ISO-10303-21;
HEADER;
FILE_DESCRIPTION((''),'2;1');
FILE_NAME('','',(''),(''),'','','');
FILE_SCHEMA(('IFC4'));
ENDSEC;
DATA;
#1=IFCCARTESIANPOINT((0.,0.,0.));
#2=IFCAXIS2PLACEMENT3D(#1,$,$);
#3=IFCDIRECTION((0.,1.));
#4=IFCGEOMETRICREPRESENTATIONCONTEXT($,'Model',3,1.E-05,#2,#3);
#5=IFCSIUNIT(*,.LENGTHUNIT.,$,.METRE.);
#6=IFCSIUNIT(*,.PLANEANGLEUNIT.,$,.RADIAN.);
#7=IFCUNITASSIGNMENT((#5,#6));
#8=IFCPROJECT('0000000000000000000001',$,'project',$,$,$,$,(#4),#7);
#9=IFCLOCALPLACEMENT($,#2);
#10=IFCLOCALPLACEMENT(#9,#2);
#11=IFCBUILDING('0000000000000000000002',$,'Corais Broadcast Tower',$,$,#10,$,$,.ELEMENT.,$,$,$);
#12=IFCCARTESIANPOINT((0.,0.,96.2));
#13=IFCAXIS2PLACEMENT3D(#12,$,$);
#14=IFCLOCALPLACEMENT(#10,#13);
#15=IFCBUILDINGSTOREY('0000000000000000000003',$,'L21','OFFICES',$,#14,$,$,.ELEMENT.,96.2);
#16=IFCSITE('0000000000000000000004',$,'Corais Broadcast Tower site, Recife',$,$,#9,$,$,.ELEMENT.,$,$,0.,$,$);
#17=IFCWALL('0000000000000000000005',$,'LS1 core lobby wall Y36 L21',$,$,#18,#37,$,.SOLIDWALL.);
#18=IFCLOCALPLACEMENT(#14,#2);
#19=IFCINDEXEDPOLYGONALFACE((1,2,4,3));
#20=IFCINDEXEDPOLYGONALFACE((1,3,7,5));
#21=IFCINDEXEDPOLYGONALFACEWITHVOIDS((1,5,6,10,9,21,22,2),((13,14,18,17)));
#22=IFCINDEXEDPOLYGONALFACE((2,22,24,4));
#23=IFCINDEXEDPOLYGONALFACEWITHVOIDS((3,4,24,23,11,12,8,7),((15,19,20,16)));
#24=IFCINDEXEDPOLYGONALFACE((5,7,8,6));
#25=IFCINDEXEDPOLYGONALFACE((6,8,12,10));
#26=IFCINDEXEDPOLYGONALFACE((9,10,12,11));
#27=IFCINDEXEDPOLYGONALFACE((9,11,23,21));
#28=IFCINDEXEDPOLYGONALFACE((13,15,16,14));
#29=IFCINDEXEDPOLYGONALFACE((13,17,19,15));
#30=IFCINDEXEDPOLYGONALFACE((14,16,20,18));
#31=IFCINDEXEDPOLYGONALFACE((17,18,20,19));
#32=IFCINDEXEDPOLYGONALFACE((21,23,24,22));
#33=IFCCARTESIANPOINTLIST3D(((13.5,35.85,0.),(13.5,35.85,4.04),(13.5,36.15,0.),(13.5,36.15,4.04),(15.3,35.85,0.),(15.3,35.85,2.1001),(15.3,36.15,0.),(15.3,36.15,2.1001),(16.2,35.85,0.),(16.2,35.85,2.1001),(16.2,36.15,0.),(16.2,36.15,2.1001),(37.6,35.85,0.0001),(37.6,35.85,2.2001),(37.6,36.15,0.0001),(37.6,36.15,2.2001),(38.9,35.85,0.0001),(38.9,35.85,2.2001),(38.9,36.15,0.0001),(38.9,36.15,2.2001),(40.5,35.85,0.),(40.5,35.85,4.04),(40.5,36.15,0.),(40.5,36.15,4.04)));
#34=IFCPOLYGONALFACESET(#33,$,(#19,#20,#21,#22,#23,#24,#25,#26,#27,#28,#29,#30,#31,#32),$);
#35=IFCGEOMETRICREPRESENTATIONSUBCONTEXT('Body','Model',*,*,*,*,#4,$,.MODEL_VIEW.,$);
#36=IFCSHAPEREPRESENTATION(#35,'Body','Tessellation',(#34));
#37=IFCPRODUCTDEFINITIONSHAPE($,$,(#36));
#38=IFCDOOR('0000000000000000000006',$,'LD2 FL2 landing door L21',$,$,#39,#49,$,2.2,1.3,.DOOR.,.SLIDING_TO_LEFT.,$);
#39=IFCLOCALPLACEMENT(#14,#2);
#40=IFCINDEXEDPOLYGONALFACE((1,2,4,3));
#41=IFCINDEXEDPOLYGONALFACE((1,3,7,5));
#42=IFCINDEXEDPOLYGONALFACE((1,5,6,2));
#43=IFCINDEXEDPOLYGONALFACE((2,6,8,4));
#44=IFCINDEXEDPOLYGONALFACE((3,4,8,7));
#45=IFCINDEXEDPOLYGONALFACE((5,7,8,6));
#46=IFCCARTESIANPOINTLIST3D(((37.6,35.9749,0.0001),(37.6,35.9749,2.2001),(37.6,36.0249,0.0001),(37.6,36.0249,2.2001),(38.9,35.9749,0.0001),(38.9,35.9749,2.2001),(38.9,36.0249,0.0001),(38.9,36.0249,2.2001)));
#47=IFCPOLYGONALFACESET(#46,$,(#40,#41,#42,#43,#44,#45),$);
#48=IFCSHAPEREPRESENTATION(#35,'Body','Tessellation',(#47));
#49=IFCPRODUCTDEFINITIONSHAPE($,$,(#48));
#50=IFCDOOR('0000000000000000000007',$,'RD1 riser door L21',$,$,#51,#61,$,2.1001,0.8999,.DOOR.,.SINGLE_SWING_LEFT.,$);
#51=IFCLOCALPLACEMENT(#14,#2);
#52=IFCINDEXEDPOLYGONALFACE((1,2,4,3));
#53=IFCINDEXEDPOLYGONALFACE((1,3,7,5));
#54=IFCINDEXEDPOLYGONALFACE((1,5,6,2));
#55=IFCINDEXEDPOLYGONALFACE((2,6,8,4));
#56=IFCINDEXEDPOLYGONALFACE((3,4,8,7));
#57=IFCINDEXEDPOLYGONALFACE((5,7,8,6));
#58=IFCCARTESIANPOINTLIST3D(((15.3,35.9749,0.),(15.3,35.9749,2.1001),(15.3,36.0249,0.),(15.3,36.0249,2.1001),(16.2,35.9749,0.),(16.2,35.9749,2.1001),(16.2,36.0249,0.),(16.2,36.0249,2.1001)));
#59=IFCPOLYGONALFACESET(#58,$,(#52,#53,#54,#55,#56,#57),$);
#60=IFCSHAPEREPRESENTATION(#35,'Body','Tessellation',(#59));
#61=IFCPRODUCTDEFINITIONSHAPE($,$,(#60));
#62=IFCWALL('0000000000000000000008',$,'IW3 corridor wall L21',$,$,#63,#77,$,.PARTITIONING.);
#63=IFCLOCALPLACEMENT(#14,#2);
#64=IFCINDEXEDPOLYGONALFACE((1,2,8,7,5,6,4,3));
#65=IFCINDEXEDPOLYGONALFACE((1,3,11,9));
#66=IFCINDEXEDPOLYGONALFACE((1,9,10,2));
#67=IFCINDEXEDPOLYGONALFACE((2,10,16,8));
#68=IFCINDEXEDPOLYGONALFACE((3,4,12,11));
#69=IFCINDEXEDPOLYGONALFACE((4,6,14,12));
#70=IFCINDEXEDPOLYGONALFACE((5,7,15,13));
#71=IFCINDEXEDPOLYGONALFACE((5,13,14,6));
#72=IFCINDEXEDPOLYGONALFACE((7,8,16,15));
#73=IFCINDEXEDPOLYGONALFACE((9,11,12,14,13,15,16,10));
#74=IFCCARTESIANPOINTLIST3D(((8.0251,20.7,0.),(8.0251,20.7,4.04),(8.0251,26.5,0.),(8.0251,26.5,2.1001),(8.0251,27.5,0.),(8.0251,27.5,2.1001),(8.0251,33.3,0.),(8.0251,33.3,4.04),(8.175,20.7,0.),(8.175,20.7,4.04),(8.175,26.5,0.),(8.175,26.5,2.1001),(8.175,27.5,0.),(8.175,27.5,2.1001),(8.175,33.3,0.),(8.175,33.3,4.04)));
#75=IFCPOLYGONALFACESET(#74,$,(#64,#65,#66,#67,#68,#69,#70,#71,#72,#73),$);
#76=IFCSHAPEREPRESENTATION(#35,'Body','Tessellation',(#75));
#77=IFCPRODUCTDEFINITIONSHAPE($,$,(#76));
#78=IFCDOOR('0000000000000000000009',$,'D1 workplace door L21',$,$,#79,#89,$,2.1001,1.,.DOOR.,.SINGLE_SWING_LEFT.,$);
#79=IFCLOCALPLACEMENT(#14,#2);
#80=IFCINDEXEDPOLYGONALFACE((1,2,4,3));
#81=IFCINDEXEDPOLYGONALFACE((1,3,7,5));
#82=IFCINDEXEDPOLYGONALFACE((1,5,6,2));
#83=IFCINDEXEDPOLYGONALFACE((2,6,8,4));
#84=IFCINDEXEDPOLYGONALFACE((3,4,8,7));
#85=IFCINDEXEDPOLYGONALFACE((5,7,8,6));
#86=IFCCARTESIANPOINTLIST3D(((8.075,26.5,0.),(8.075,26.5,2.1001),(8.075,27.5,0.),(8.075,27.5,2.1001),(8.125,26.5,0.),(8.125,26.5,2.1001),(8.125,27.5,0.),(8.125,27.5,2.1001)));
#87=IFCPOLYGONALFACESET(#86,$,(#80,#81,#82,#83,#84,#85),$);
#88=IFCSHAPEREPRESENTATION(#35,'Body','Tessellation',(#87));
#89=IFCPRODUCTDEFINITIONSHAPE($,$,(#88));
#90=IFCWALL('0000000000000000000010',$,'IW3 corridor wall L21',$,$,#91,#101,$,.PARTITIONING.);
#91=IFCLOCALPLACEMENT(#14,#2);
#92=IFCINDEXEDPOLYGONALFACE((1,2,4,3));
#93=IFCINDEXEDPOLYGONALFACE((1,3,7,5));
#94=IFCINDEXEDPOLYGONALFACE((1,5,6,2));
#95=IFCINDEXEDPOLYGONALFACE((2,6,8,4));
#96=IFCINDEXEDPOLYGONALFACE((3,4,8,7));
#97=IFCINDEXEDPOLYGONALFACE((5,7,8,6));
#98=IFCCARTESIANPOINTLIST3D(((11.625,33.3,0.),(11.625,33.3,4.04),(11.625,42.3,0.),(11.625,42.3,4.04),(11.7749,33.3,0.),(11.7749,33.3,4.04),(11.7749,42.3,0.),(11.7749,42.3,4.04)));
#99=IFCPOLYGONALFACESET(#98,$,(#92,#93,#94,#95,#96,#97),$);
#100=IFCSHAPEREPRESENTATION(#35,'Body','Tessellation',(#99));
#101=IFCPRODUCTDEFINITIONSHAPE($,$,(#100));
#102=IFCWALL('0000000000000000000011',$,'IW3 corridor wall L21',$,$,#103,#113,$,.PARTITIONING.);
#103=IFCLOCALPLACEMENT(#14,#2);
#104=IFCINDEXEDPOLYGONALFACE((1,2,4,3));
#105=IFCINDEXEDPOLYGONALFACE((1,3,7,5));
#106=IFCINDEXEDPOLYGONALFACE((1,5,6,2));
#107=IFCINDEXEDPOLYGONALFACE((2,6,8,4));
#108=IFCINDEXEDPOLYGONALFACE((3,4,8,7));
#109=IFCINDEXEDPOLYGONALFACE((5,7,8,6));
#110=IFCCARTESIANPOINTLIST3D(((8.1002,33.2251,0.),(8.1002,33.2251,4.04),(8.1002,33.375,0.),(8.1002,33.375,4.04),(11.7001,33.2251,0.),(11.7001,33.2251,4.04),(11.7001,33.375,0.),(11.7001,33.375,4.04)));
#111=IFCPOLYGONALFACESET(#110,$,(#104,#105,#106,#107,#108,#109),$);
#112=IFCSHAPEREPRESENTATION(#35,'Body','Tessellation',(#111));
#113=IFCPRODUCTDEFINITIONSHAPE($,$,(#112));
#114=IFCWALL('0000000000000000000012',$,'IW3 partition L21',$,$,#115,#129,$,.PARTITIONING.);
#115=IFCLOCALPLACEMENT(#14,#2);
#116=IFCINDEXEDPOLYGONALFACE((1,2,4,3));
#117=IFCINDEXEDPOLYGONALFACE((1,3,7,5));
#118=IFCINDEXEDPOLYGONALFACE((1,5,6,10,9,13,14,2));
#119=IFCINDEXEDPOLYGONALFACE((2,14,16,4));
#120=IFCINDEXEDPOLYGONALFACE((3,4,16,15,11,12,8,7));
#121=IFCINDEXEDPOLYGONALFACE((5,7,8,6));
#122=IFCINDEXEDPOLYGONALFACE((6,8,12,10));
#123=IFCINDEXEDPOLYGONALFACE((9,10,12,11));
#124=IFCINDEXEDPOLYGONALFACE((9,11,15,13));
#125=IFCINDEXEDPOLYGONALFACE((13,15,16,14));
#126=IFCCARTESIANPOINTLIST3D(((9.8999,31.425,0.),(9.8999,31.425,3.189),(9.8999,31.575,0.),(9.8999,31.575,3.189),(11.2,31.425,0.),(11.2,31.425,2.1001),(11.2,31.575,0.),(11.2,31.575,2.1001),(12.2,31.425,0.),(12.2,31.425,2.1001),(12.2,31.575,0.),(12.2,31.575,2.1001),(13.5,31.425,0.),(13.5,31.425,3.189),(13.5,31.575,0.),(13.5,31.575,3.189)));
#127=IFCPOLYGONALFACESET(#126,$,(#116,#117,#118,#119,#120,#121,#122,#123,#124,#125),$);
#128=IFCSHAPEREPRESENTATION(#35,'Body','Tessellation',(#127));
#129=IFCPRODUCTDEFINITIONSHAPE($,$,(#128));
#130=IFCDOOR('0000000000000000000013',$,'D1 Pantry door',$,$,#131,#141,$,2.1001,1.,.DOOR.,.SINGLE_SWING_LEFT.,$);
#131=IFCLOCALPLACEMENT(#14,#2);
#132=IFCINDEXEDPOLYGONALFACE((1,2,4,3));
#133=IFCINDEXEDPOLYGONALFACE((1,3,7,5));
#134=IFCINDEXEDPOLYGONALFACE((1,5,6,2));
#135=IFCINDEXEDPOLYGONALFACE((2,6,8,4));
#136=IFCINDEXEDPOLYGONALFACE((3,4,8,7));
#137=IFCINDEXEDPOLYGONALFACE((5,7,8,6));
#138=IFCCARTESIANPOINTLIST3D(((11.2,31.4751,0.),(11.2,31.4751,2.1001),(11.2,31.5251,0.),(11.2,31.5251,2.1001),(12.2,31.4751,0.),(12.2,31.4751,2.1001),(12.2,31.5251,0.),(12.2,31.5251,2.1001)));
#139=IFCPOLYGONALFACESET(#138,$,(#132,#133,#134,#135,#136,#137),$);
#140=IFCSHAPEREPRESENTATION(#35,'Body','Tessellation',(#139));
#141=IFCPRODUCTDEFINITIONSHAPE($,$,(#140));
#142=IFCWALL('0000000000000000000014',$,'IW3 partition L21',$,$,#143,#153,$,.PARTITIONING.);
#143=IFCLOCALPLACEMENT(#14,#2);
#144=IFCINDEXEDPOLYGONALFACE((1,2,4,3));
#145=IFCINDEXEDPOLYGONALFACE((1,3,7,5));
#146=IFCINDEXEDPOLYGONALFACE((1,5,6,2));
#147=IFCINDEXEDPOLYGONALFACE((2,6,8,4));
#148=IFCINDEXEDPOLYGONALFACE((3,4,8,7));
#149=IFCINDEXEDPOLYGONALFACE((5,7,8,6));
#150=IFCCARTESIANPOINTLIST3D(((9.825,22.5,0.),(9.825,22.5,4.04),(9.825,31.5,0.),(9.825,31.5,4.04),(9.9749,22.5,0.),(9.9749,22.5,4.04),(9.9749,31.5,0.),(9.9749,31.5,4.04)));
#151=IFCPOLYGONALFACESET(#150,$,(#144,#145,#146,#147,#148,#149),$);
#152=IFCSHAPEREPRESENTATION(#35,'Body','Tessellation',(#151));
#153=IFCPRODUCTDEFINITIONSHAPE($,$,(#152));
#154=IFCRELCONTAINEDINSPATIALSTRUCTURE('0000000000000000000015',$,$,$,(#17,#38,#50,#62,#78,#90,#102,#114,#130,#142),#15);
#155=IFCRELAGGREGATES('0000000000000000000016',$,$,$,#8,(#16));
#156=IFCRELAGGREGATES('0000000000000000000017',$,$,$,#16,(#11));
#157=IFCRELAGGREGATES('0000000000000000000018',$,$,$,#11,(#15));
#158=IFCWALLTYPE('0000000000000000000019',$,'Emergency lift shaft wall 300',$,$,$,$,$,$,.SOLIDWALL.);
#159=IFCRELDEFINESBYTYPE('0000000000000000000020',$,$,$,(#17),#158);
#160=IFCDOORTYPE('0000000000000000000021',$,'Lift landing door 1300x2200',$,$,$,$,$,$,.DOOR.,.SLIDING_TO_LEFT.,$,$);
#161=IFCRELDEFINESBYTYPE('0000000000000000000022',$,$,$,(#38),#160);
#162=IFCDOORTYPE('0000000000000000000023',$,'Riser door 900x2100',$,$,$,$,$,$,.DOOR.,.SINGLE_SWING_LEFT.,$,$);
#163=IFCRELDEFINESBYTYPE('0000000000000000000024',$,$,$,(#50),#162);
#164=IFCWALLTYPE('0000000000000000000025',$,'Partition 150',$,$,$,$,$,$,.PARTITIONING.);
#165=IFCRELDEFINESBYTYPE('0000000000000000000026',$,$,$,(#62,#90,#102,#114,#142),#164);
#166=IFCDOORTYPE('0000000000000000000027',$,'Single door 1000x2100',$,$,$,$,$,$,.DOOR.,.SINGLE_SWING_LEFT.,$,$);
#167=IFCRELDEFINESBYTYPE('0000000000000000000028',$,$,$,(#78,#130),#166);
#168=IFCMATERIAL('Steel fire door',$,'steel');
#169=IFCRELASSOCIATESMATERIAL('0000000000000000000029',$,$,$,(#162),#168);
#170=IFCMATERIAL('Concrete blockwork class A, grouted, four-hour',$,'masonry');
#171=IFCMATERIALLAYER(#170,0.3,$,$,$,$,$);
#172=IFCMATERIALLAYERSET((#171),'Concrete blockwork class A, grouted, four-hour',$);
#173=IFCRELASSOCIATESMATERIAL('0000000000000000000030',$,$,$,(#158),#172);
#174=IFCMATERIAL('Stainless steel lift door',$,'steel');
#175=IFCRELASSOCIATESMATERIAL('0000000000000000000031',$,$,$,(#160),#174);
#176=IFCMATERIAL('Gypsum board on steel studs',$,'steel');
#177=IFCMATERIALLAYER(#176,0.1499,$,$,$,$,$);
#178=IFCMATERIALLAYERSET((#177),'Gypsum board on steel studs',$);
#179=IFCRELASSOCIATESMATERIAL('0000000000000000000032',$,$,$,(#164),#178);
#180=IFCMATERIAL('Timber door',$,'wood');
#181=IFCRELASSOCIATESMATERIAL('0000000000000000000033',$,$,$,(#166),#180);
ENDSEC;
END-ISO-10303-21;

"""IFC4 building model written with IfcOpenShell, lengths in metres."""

from ifc_helpers import new_model, si_unit, direction, frame, frame_2d, origin, place, context, subcontext, project, spatial, rectangle, extrude, material, layer, layer_set, type_object, element, fill, save


model = new_model("IFC4")

# Units and contexts
model_context = context("Model", 3, precision=1e-05, world=origin(), true_north=direction((0.0, 1.0)))
body_context = subcontext(model_context, "Body", "Model", "MODEL_VIEW")
ifc_project = project(units=[si_unit("LENGTHUNIT", "METRE"), si_unit("PLANEANGLEUNIT", "RADIAN")], contexts=[model_context])

# Site, building, storey
site_placement = place(None, origin())
site = spatial("IfcSite", under=ifc_project, at=site_placement, Name="Corais Broadcast Tower site, Recife", CompositionType="ELEMENT", RefElevation=0.0)
building_placement = place(site_placement, origin())
building = spatial("IfcBuilding", under=site, at=building_placement, Name="Corais Broadcast Tower", CompositionType="ELEMENT")
storey_placement = place(building_placement, frame((0.0, 0.0, 96.2)))
storey = spatial("IfcBuildingStorey", under=building, at=storey_placement, Name="L21", Description="OFFICES", CompositionType="ELEMENT", Elevation=96.2)

# Wall, openings, doors
ifc_material_1 = material(Name="Steel fire door", Category="steel")
door_type_1 = type_object("IfcDoorType", Name="Riser door 900x2100", OperationType="SINGLE_SWING_LEFT", PredefinedType="DOOR", material=ifc_material_1)
ifc_material_2 = material(Name="Concrete blockwork class A, grouted, four-hour", Category="masonry")
ifc_layer_1 = layer(ifc_material_2, 0.3)
ifc_layer_set_1 = layer_set([ifc_layer_1], Name="Concrete blockwork class A, grouted, four-hour")
wall_type_1 = type_object("IfcWallType", Name="Emergency lift shaft wall 300", PredefinedType="SOLIDWALL", material=ifc_layer_set_1)
wall_1_placement = place(storey_placement, frame((13.5, 36.0, 0.0), z_axis=(0.0, 0.0, 1.0), x_axis=(1.0, 0.0, 0.0)))
wall_1 = element("IfcWall", 1, at=wall_1_placement, inside=storey, type_object=wall_type_1, Name="LS1 core lobby wall Y36 L21", PredefinedType="SOLIDWALL", context=body_context, shape_type="SweptSolid", body=[
    extrude(rectangle(XDim=27.0, YDim=0.3, at=frame_2d((13.5, 0.0))), origin(), (0.0, 0.0, 1.0), 4.04),
])
opening_1_placement = place(wall_1_placement, frame((1.8, 0.0, 0.0)))
opening_1 = element("IfcOpeningElement", 2, at=opening_1_placement, cuts=wall_1, PredefinedType="OPENING", context=body_context, shape_type="SweptSolid", body=[
    extrude(rectangle(XDim=0.8999, YDim=2.1001, at=frame_2d((0.45, 1.05))), frame((0.0, 0.1599, 0.0), z_axis=(0.0, -1.0, 0.0), x_axis=(1.0, 0.0, 0.0)), (0.0, 0.0, 1.0), 0.3201),
])
opening_2_placement = place(wall_1_placement, frame((24.1001, 0.0, 0.0)))
opening_2 = element("IfcOpeningElement", 3, at=opening_2_placement, cuts=wall_1, PredefinedType="OPENING", context=body_context, shape_type="SweptSolid", body=[
    extrude(rectangle(XDim=1.3, YDim=2.2, at=frame_2d((0.6499, 1.1001))), frame((0.0, 0.1599, 0.0), z_axis=(0.0, -1.0, 0.0), x_axis=(1.0, 0.0, 0.0)), (0.0, 0.0, 1.0), 0.3201),
])
ifc_material_3 = material(Name="Stainless steel lift door", Category="steel")
door_type_2 = type_object("IfcDoorType", Name="Lift landing door 1300x2200", OperationType="SLIDING_TO_LEFT", PredefinedType="DOOR", material=ifc_material_3)
door_1_placement = place(opening_2_placement, origin())
door_1 = element("IfcDoor", 4, at=door_1_placement, inside=storey, type_object=door_type_2, Name="LD2 FL2 landing door L21", OperationType="SLIDING_TO_LEFT", OverallHeight=2.2, OverallWidth=1.3, PredefinedType="DOOR", context=body_context, shape_type="SweptSolid", body=[
    extrude(rectangle(XDim=1.3, YDim=2.2, at=frame_2d((0.6499, 1.1001))), frame((0.0, 0.0249, 0.0), z_axis=(0.0, -1.0, 0.0), x_axis=(1.0, 0.0, 0.0)), (0.0, 0.0, 1.0), 0.05),
])
fill(opening_2, door_1)
door_2_placement = place(opening_1_placement, origin())
door_2 = element("IfcDoor", 5, at=door_2_placement, inside=storey, type_object=door_type_1, Name="RD1 riser door L21", OperationType="SINGLE_SWING_LEFT", OverallHeight=2.1001, OverallWidth=0.8999, PredefinedType="DOOR", context=body_context, shape_type="SweptSolid", body=[
    extrude(rectangle(XDim=0.8999, YDim=2.1001, at=frame_2d((0.45, 1.05))), frame((0.0, 0.0249, 0.0), z_axis=(0.0, -1.0, 0.0), x_axis=(1.0, 0.0, 0.0)), (0.0, 0.0, 1.0), 0.05),
])
fill(opening_1, door_2)

# Wall, opening, door
ifc_material_4 = material(Name="Gypsum board on steel studs", Category="steel")
ifc_layer_2 = layer(ifc_material_4, 0.1499)
ifc_layer_set_2 = layer_set([ifc_layer_2], Name="Gypsum board on steel studs")
wall_type_2 = type_object("IfcWallType", Name="Partition 150", PredefinedType="PARTITIONING", material=ifc_layer_set_2)
wall_2_placement = place(storey_placement, frame((8.1001, 33.3, 0.0), z_axis=(0.0, 0.0, 1.0), x_axis=(0.0, -1.0, 0.0)))
wall_2 = element("IfcWall", 6, at=wall_2_placement, inside=storey, type_object=wall_type_2, Name="IW3 corridor wall L21", PredefinedType="PARTITIONING", context=body_context, shape_type="SweptSolid", body=[
    extrude(rectangle(XDim=12.6001, YDim=0.1499, at=frame_2d((6.3, 0.0))), origin(), (0.0, 0.0, 1.0), 4.04),
])
opening_3_placement = place(wall_2_placement, frame((5.8, 0.0, 0.0)))
opening_3 = element("IfcOpeningElement", 7, at=opening_3_placement, cuts=wall_2, PredefinedType="OPENING", context=body_context, shape_type="SweptSolid", body=[
    extrude(rectangle(XDim=1.0, YDim=2.1001, at=frame_2d((0.5, 1.05))), frame((0.0, 0.085, 0.0), z_axis=(0.0, -1.0, 0.0), x_axis=(1.0, 0.0, 0.0)), (0.0, 0.0, 1.0), 0.1699),
])
ifc_material_5 = material(Name="Timber door", Category="wood")
door_type_3 = type_object("IfcDoorType", Name="Single door 1000x2100", OperationType="SINGLE_SWING_LEFT", PredefinedType="DOOR", material=ifc_material_5)
door_3_placement = place(opening_3_placement, origin())
door_3 = element("IfcDoor", 8, at=door_3_placement, inside=storey, type_object=door_type_3, Name="D1 workplace door L21", OperationType="SINGLE_SWING_LEFT", OverallHeight=2.1001, OverallWidth=1.0, PredefinedType="DOOR", context=body_context, shape_type="SweptSolid", body=[
    extrude(rectangle(XDim=1.0, YDim=2.1001, at=frame_2d((0.5, 1.05))), frame((0.0, 0.0249, 0.0), z_axis=(0.0, -1.0, 0.0), x_axis=(1.0, 0.0, 0.0)), (0.0, 0.0, 1.0), 0.05),
])
fill(opening_3, door_3)

# Walls
wall_3_placement = place(storey_placement, frame((11.7, 42.3, 0.0), z_axis=(0.0, 0.0, 1.0), x_axis=(0.0, -1.0, 0.0)))
element("IfcWall", 9, at=wall_3_placement, inside=storey, type_object=wall_type_2, Name="IW3 corridor wall L21", PredefinedType="PARTITIONING", context=body_context, shape_type="SweptSolid", body=[
    extrude(rectangle(XDim=9.0, YDim=0.1499, at=frame_2d((4.5, 0.0))), origin(), (0.0, 0.0, 1.0), 4.04),
])
wall_4_placement = place(storey_placement, frame((11.7, 33.3, 0.0), z_axis=(0.0, 0.0, 1.0), x_axis=(-1.0, 0.0, 0.0)))
element("IfcWall", 10, at=wall_4_placement, inside=storey, type_object=wall_type_2, Name="IW3 corridor wall L21", PredefinedType="PARTITIONING", context=body_context, shape_type="SweptSolid", body=[
    extrude(rectangle(XDim=3.5999, YDim=0.1499, at=frame_2d((1.7998, 0.0))), origin(), (0.0, 0.0, 1.0), 4.04),
])

# Wall, opening, door
wall_5_placement = place(storey_placement, frame((13.5, 31.5, 0.0), z_axis=(0.0, 0.0, 1.0), x_axis=(-1.0, 0.0, 0.0)))
wall_5 = element("IfcWall", 11, at=wall_5_placement, inside=storey, type_object=wall_type_2, Name="IW3 partition L21", PredefinedType="PARTITIONING", context=body_context, shape_type="SweptSolid", body=[
    extrude(rectangle(XDim=3.6001, YDim=0.1499, at=frame_2d((1.8, 0.0))), origin(), (0.0, 0.0, 1.0), 3.189),
])
opening_4_placement = place(wall_5_placement, frame((1.3, 0.0, 0.0)))
opening_4 = element("IfcOpeningElement", 12, at=opening_4_placement, cuts=wall_5, PredefinedType="OPENING", context=body_context, shape_type="SweptSolid", body=[
    extrude(rectangle(XDim=1.0, YDim=2.1001, at=frame_2d((0.5, 1.05))), frame((0.0, 0.085, 0.0), z_axis=(0.0, -1.0, 0.0), x_axis=(1.0, 0.0, 0.0)), (0.0, 0.0, 1.0), 0.1699),
])
door_4_placement = place(opening_4_placement, origin())
door_4 = element("IfcDoor", 13, at=door_4_placement, inside=storey, type_object=door_type_3, Name="D1 Pantry door", OperationType="SINGLE_SWING_LEFT", OverallHeight=2.1001, OverallWidth=1.0, PredefinedType="DOOR", context=body_context, shape_type="SweptSolid", body=[
    extrude(rectangle(XDim=1.0, YDim=2.1001, at=frame_2d((0.5, 1.05))), frame((0.0, 0.0249, 0.0), z_axis=(0.0, -1.0, 0.0), x_axis=(1.0, 0.0, 0.0)), (0.0, 0.0, 1.0), 0.05),
])
fill(opening_4, door_4)

# Wall
wall_6_placement = place(storey_placement, frame((9.8999, 31.5, 0.0), z_axis=(0.0, 0.0, 1.0), x_axis=(0.0, -1.0, 0.0)))
element("IfcWall", 14, at=wall_6_placement, inside=storey, type_object=wall_type_2, Name="IW3 partition L21", PredefinedType="PARTITIONING", context=body_context, shape_type="SweptSolid", body=[
    extrude(rectangle(XDim=9.0, YDim=0.1499, at=frame_2d((4.5, 0.0))), origin(), (0.0, 0.0, 1.0), 4.04),
])

save(model, "model.ifc")
